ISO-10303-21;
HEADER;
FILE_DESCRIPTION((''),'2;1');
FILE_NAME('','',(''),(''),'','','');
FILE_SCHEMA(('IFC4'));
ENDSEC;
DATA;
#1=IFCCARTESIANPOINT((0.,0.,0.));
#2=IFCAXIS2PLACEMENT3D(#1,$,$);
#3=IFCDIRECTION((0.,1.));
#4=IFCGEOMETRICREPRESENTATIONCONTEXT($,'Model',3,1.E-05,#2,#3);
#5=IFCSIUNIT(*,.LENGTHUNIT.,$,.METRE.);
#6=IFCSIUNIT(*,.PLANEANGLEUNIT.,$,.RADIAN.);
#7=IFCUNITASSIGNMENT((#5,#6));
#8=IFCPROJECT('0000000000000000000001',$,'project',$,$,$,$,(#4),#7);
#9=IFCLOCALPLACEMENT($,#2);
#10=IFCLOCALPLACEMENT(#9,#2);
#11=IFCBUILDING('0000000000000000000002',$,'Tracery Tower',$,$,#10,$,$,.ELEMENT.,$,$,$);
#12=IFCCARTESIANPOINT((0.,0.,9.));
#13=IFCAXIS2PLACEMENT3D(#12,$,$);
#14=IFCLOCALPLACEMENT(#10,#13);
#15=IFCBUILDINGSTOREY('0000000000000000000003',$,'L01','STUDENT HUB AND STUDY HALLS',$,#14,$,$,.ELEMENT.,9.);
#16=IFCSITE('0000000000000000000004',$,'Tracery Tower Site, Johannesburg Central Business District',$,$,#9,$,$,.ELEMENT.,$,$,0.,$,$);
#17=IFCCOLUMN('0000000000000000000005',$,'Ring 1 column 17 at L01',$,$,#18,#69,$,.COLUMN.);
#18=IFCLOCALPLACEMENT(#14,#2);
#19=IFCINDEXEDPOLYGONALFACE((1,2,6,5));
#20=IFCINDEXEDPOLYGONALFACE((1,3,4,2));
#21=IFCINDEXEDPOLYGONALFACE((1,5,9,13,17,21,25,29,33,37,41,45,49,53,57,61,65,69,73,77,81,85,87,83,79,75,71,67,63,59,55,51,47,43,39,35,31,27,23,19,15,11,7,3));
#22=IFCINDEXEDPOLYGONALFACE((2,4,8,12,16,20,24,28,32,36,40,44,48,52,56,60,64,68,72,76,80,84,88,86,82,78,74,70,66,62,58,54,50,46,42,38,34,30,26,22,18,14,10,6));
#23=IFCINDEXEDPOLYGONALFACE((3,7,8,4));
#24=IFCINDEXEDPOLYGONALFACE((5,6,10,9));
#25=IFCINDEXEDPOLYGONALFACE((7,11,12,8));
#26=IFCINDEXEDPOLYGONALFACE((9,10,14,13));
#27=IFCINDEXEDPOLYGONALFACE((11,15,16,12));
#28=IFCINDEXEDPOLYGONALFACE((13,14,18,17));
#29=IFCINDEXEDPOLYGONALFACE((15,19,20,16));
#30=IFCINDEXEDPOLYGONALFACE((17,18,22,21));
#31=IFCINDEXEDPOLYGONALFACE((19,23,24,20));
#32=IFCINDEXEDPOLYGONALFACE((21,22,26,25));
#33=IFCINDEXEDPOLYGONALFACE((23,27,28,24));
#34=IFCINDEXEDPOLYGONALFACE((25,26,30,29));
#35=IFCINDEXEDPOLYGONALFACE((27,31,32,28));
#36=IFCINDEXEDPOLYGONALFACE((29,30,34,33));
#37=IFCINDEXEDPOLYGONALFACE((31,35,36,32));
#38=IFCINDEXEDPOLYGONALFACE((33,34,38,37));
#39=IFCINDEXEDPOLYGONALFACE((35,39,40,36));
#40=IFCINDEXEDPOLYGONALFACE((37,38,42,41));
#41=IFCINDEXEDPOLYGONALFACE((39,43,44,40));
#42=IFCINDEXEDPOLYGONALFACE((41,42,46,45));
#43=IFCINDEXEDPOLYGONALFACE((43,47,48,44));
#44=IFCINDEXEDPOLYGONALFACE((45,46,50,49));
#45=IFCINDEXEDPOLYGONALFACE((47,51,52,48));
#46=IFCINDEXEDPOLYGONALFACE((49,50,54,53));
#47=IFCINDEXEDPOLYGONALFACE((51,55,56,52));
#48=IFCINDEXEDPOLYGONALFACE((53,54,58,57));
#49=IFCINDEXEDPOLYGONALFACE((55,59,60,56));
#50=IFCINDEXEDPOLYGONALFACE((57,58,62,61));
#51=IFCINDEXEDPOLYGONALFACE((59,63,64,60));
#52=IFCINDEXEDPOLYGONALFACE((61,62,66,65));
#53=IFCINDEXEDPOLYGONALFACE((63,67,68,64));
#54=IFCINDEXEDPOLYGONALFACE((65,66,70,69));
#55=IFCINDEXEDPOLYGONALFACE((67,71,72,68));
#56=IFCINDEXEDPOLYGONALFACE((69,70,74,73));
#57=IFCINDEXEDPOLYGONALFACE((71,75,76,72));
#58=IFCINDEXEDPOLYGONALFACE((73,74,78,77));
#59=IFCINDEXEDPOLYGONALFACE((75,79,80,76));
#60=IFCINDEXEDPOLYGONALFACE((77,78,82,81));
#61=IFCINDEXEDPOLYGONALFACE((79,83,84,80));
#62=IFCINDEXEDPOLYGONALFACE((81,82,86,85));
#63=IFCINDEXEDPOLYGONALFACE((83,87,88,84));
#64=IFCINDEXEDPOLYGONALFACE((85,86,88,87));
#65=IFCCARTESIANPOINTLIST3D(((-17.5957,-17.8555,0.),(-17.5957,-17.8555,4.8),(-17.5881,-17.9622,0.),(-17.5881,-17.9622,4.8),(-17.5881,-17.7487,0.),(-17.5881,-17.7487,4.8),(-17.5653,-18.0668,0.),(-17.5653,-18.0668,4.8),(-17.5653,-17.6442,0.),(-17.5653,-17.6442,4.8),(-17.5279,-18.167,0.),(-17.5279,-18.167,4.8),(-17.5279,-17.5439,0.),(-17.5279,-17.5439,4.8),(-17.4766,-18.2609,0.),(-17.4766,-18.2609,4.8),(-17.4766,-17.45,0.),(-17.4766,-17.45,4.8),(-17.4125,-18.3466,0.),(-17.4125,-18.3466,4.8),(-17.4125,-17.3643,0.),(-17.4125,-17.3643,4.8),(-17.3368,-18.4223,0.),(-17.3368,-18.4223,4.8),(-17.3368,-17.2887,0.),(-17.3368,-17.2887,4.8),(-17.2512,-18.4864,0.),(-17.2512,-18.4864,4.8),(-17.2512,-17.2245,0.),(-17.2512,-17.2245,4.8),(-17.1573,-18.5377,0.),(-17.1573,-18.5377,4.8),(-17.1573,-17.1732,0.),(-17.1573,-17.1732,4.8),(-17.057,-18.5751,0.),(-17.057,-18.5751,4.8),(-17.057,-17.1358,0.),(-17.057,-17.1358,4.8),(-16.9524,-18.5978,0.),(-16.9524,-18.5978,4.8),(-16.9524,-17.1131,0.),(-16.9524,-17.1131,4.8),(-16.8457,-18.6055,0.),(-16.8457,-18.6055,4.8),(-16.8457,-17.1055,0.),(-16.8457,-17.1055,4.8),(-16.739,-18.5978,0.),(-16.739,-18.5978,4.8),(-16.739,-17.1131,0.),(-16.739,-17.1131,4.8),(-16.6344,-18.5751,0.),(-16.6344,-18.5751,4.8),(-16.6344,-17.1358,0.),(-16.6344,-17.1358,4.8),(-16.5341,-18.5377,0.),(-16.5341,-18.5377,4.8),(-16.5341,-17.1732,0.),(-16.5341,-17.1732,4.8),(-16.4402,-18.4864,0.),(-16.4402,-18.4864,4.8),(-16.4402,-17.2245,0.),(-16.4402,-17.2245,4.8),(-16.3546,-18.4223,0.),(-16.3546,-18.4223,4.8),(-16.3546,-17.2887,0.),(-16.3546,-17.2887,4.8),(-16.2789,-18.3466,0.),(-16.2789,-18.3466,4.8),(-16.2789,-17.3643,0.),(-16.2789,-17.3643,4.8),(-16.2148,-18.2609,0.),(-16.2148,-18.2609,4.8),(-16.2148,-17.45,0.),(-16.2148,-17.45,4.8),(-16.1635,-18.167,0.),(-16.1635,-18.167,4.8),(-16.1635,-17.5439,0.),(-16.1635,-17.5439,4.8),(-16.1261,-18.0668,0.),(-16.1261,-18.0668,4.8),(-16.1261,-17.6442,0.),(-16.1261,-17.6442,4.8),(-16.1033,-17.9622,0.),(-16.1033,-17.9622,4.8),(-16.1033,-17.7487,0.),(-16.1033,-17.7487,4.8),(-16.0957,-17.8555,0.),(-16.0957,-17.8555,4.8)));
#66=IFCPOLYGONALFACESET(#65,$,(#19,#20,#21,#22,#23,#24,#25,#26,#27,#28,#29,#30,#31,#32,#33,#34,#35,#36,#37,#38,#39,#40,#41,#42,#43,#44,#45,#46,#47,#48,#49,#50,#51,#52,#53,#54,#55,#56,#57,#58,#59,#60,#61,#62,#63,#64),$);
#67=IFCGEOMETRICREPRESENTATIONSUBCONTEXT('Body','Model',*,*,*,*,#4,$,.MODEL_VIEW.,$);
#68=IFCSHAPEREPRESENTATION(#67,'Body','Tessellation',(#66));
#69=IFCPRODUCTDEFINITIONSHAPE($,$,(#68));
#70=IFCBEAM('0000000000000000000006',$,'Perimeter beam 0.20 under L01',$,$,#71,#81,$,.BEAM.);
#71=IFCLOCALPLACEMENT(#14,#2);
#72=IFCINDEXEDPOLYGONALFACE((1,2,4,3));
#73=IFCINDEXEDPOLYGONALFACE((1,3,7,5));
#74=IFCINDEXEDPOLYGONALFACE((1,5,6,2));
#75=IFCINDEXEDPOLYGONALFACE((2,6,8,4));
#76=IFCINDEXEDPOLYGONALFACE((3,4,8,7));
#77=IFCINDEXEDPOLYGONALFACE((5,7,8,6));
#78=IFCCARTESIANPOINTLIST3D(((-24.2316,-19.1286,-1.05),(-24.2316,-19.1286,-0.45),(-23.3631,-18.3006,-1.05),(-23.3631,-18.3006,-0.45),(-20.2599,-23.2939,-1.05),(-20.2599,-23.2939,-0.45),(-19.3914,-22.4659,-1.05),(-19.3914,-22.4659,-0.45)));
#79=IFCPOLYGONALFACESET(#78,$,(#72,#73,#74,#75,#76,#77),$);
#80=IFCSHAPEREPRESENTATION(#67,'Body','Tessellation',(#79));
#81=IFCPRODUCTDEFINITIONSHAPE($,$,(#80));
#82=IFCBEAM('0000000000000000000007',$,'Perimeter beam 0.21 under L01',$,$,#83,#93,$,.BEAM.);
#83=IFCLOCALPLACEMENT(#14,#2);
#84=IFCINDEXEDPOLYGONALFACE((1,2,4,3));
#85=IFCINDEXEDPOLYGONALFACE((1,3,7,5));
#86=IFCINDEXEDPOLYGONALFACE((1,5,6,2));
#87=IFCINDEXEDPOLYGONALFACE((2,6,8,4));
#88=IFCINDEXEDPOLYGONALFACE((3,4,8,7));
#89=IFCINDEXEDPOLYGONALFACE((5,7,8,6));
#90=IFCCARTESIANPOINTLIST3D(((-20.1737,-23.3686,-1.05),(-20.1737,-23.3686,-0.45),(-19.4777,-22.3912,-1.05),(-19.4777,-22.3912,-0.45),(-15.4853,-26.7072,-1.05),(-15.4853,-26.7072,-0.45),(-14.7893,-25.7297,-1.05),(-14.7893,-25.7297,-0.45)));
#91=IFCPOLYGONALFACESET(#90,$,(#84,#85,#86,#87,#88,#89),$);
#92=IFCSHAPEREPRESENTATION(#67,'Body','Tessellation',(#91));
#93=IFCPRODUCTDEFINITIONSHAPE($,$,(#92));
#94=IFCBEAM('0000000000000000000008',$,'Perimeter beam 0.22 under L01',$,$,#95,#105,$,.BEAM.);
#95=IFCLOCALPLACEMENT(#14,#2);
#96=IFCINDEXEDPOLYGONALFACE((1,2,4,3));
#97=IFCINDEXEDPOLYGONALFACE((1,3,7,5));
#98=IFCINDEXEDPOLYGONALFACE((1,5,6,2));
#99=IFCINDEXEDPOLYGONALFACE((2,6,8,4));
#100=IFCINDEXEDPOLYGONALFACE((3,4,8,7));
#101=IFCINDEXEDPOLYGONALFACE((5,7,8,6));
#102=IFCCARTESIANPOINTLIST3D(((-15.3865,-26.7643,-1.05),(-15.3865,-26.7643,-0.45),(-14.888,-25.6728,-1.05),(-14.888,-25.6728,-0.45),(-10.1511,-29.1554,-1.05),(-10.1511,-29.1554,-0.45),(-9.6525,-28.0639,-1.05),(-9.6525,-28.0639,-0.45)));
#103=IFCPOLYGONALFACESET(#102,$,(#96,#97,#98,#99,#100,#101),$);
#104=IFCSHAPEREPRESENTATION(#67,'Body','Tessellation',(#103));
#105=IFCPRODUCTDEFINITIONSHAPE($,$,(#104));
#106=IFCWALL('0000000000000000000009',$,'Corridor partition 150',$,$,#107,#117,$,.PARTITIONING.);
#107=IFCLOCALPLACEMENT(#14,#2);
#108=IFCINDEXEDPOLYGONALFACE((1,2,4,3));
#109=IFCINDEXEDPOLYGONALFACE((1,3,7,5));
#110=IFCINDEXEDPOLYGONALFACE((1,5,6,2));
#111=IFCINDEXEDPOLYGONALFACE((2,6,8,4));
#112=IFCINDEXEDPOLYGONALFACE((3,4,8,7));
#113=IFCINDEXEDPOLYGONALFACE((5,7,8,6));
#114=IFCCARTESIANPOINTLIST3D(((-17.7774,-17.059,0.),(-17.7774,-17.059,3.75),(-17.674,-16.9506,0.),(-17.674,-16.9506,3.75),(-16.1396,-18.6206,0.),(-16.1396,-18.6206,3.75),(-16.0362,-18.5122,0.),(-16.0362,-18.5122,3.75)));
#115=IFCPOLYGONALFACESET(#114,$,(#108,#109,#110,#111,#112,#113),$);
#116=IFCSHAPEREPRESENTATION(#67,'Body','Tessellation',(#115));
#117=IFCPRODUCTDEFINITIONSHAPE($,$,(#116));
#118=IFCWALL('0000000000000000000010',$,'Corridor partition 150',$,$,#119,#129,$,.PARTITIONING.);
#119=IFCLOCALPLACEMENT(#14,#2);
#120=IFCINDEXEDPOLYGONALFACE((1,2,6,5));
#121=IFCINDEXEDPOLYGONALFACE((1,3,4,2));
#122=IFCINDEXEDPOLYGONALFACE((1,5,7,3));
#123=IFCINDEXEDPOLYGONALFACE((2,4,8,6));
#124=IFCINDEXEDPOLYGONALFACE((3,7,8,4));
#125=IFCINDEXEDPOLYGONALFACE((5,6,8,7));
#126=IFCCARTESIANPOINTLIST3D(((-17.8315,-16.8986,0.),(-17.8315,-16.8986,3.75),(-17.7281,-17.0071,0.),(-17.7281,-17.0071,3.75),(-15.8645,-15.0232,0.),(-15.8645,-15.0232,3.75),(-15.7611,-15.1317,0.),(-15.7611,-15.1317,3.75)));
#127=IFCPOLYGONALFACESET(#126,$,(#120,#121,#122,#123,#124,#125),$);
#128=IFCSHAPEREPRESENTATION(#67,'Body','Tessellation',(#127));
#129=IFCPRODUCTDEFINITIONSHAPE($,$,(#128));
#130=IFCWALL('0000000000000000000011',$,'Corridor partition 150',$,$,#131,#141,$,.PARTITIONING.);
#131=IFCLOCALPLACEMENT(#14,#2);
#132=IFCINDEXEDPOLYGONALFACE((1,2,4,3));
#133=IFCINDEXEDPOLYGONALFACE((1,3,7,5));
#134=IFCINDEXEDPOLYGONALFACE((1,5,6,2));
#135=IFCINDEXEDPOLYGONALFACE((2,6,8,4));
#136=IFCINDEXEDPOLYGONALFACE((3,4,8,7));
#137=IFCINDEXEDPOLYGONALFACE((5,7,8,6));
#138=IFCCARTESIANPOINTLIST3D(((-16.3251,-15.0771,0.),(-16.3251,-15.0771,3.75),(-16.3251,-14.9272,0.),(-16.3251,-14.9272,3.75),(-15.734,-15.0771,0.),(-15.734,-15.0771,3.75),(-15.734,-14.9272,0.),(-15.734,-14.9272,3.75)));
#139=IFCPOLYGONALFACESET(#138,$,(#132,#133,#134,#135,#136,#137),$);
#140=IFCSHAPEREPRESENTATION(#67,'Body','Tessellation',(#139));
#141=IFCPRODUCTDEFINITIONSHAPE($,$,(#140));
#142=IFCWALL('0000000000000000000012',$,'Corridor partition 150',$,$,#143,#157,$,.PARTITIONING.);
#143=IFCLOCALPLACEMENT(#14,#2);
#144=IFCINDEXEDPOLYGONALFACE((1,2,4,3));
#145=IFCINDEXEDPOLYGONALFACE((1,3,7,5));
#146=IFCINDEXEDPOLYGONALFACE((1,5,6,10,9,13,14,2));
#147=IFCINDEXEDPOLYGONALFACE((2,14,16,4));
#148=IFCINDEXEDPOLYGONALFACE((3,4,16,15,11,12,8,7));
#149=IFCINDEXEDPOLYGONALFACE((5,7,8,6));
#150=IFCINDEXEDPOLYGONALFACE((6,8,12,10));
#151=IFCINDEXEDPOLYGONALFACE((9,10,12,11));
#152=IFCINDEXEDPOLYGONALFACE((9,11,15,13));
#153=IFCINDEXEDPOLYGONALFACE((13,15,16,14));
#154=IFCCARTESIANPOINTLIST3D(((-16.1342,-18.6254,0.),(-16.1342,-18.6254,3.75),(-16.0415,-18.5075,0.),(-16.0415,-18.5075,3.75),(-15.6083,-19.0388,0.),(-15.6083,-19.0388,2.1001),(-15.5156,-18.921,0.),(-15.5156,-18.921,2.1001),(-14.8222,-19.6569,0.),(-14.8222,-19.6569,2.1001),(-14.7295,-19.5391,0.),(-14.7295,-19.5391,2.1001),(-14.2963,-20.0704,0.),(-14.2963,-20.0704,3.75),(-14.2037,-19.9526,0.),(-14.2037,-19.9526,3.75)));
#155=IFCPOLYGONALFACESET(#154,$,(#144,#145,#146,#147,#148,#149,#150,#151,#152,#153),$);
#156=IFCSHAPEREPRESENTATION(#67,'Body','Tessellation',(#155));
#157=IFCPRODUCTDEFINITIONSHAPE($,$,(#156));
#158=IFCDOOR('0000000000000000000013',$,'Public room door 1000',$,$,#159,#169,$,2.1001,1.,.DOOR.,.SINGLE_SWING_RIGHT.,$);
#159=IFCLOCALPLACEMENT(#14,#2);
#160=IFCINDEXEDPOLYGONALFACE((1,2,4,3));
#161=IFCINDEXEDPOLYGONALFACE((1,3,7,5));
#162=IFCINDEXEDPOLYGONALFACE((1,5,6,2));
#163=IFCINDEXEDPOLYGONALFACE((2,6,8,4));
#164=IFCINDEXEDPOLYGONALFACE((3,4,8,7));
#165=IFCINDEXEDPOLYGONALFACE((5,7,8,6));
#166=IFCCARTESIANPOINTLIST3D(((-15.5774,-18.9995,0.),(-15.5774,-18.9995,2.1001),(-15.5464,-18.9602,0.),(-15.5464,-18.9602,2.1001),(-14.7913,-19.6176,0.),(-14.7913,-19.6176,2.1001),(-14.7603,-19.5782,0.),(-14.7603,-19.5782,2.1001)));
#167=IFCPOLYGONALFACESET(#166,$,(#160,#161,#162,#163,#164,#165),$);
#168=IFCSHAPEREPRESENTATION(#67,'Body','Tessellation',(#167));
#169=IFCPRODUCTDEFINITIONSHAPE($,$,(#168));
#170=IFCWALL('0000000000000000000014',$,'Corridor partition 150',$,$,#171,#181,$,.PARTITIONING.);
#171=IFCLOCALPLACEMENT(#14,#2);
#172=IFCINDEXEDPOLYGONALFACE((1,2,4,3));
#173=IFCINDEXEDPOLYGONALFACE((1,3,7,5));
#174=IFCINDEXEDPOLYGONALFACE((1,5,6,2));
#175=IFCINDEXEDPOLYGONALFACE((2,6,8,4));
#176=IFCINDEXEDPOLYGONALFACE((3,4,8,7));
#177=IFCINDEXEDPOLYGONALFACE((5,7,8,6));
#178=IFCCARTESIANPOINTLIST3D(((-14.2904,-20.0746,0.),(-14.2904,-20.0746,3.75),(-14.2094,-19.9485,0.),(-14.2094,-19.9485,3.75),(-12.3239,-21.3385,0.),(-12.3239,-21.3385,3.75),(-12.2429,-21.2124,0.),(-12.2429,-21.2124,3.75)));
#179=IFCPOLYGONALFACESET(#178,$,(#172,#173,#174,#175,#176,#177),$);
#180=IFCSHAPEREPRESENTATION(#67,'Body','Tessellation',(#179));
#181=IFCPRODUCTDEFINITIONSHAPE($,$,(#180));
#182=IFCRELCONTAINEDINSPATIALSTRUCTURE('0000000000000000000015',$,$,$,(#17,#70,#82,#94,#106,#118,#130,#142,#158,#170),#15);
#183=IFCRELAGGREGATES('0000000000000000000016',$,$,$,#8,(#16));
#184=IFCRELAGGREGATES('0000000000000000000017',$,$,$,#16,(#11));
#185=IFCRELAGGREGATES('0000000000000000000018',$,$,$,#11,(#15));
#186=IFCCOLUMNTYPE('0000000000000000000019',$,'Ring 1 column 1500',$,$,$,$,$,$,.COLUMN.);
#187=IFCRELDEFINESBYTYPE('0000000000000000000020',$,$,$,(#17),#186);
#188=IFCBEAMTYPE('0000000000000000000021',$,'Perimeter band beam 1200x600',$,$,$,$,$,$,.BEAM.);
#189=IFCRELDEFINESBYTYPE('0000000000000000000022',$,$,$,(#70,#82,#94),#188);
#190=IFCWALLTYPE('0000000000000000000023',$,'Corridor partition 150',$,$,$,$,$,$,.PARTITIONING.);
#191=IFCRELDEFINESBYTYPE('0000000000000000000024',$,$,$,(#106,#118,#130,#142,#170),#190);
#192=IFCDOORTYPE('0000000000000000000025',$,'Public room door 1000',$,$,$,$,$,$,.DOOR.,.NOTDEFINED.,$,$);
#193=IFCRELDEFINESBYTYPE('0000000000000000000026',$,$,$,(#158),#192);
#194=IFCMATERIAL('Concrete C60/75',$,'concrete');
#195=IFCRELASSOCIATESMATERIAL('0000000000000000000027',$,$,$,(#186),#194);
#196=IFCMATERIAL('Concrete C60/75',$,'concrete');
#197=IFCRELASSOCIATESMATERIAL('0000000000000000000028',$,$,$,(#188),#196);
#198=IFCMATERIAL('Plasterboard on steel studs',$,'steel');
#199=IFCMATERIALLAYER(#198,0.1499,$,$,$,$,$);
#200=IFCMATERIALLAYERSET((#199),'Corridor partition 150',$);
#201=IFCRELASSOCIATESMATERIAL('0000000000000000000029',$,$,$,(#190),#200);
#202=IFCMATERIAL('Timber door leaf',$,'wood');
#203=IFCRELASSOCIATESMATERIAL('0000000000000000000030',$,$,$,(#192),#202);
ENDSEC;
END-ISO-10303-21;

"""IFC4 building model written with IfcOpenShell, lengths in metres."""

from ifc_helpers import new_model, si_unit, direction, frame, frame_2d, origin, origin_2d, place, context, subcontext, project, spatial, rectangle, circle, extrude, material, layer, layer_set, material_profile, profile_set, type_object, element, fill, save


model = new_model("IFC4")

# Units and contexts
model_context = context("Model", 3, precision=1e-05, world=origin(), true_north=direction((0.0, 1.0)))
body_context = subcontext(model_context, "Body", "Model", "MODEL_VIEW")
ifc_project = project(units=[si_unit("LENGTHUNIT", "METRE"), si_unit("PLANEANGLEUNIT", "RADIAN")], contexts=[model_context])

# Site, building, storey
site_placement = place(None, origin())
site = spatial("IfcSite", under=ifc_project, at=site_placement, Name="Tracery Tower Site, Johannesburg Central Business District", CompositionType="ELEMENT", RefElevation=0.0)
building_placement = place(site_placement, origin())
building = spatial("IfcBuilding", under=site, at=building_placement, Name="Tracery Tower", CompositionType="ELEMENT")
storey_placement = place(building_placement, frame((0.0, 0.0, 9.0)))
storey = spatial("IfcBuildingStorey", under=building, at=storey_placement, Name="L01", Description="STUDENT HUB AND STUDY HALLS", CompositionType="ELEMENT", Elevation=9.0)

# Column
ifc_material_1 = material(Name="Concrete C60/75", Category="concrete")
ifc_material_profile_1 = material_profile(ifc_material_1, circle(Radius=0.75, at=origin_2d()), Name="RC D1500")
ifc_profile_set_1 = profile_set([ifc_material_profile_1], Name="Concrete C60/75")
column_type_1 = type_object("IfcColumnType", Name="Ring 1 column 1500", PredefinedType="COLUMN", material=ifc_profile_set_1)
column_placement = place(storey_placement, frame((-16.8457, -17.8555, 0.0), z_axis=(0.0, 0.0, 1.0), x_axis=(1.0, 0.0, 0.0)))
element("IfcColumn", 1, at=column_placement, inside=storey, type_object=column_type_1, Name="Ring 1 column 17 at L01", PredefinedType="COLUMN", context=body_context, shape_type="SweptSolid", body=[
    extrude(circle(Radius=0.75, at=origin_2d()), origin(), (0.0, 0.0, 1.0), 4.8),
])

# Beams
ifc_material_2 = material(Name="Concrete C60/75", Category="concrete")
ifc_material_profile_2 = material_profile(ifc_material_2, rectangle(XDim=1.2, YDim=0.6001, at=origin_2d()), Name="RC 1200x600")
ifc_profile_set_2 = profile_set([ifc_material_profile_2], Name="Concrete C60/75")
beam_type = type_object("IfcBeamType", Name="Perimeter band beam 1200x600", PredefinedType="BEAM", material=ifc_profile_set_2)
beam_placement = place(storey_placement, frame((-23.7974, -18.7146, -0.75), z_axis=(0.690087, -0.723726, 0.0), x_axis=(0.723726, 0.690087, 0.0)))
element("IfcBeam", 2, at=beam_placement, inside=storey, type_object=beam_type, Name="Perimeter beam 0.20 under L01", PredefinedType="BEAM", context=body_context, shape_type="SweptSolid", body=[
    extrude(rectangle(XDim=1.2, YDim=0.6001, at=origin_2d()), origin(), (0.0, 0.0, 1.0), 5.7554),
])
for number, where, z_axis, x_axis, name in (
    (3, (-19.8257, -22.8799, -0.75), (0.814578, -0.580054, 0.0), (0.580054, 0.814578, 0.0), "Perimeter beam 0.21 under L01"),
    (4, (-15.1372, -26.2185, -0.75), (0.909618, -0.415445, 0.0), (0.415445, 0.909618, 0.0), "Perimeter beam 0.22 under L01"),
):
    element("IfcBeam", number, at=place(storey_placement, frame(where, z_axis=z_axis, x_axis=x_axis)), inside=storey, type_object=beam_type, Name=name, PredefinedType="BEAM", context=body_context, shape_type="SweptSolid", body=[
        extrude(rectangle(XDim=1.2, YDim=0.6001, at=origin_2d()), origin(), (0.0, 0.0, 1.0), 5.7556),
    ])

# Walls
ifc_material_3 = material(Name="Plasterboard on steel studs", Category="steel")
ifc_layer_1 = layer(ifc_material_3, 0.1499)
ifc_layer_set_1 = layer_set([ifc_layer_1], Name="Corridor partition 150")
wall_type_1 = type_object("IfcWallType", Name="Corridor partition 150", PredefinedType="PARTITIONING", material=ifc_layer_set_1)
wall_1_placement = place(storey_placement, frame((-17.7256, -17.0049, 0.0), z_axis=(0.0, 0.0, 1.0), x_axis=(0.723738, -0.690075, 0.0)))
element("IfcWall", 5, at=wall_1_placement, inside=storey, type_object=wall_type_1, Name="Corridor partition 150", PredefinedType="PARTITIONING", context=body_context, shape_type="SweptSolid", body=[
    extrude(rectangle(XDim=2.2629, YDim=0.1499, at=frame_2d((1.1313, 0.0))), origin(), (0.0, 0.0, 1.0), 3.75),
])
wall_2_placement = place(storey_placement, frame((-17.7798, -16.9529, 0.0), z_axis=(0.0, 0.0, 1.0), x_axis=(0.723749, 0.690063, 0.0)))
element("IfcWall", 6, at=wall_2_placement, inside=storey, type_object=wall_type_1, Name="Corridor partition 150", PredefinedType="PARTITIONING", context=body_context, shape_type="SweptSolid", body=[
    extrude(rectangle(XDim=2.7178, YDim=0.1499, at=frame_2d((1.3589, 0.0))), origin(), (0.0, 0.0, 1.0), 3.75),
])
wall_3_placement = place(storey_placement, frame((-16.325, -15.0022, 0.0), z_axis=(0.0, 0.0, 1.0), x_axis=(1.0, 0.0, 0.0)))
element("IfcWall", 7, at=wall_3_placement, inside=storey, type_object=wall_type_1, Name="Corridor partition 150", PredefinedType="PARTITIONING", context=body_context, shape_type="SweptSolid", body=[
    extrude(rectangle(XDim=0.5911, YDim=0.1499, at=frame_2d((0.2954, 0.0))), origin(), (0.0, 0.0, 1.0), 3.75),
])

# Wall, opening, door
wall_4_placement = place(storey_placement, frame((-14.25, -20.0115, 0.0), z_axis=(0.0, 0.0, 1.0), x_axis=(-0.786108, 0.618089, 0.0)))
wall_4 = element("IfcWall", 8, at=wall_4_placement, inside=storey, type_object=wall_type_1, Name="Corridor partition 150", PredefinedType="PARTITIONING", context=body_context, shape_type="SweptSolid", body=[
    extrude(rectangle(XDim=2.3379, YDim=0.1499, at=frame_2d((1.1689, 0.0))), origin(), (0.0, 0.0, 1.0), 3.75),
])
opening_1_placement = place(wall_4_placement, frame((0.6689, 0.0, 0.0)))
opening_1 = element("IfcOpeningElement", 9, at=opening_1_placement, cuts=wall_4, PredefinedType="OPENING", context=body_context, shape_type="SweptSolid", body=[
    extrude(rectangle(XDim=1.0, YDim=2.1001, at=frame_2d((0.5, 1.05))), frame((0.0, 0.075, 0.0), z_axis=(0.0, -1.0, 0.0), x_axis=(1.0, 0.0, 0.0)), (0.0, 0.0, 1.0), 0.1499),
])
ifc_material_4 = material(Name="Timber door leaf", Category="wood")
door_type_1 = type_object("IfcDoorType", Name="Public room door 1000", OperationType="NOTDEFINED", PredefinedType="DOOR", material=ifc_material_4)
door_1_placement = place(opening_1_placement, origin())
door_1 = element("IfcDoor", 10, at=door_1_placement, inside=storey, type_object=door_type_1, Name="Public room door 1000", OperationType="SINGLE_SWING_RIGHT", OverallHeight=2.1001, OverallWidth=1.0, PredefinedType="DOOR", context=body_context, shape_type="SweptSolid", body=[
    extrude(rectangle(XDim=1.0, YDim=2.1001, at=frame_2d((0.5, 1.05))), frame((0.0, 0.0249, 0.0), z_axis=(0.0, -1.0, 0.0), x_axis=(1.0, 0.0, 0.0)), (0.0, 0.0, 1.0), 0.05),
])
fill(opening_1, door_1)

# Wall
wall_5_placement = place(storey_placement, frame((-14.25, -20.0115, 0.0), z_axis=(0.0, 0.0, 1.0), x_axis=(0.841236, -0.540668, 0.0)))
element("IfcWall", 11, at=wall_5_placement, inside=storey, type_object=wall_type_1, Name="Corridor partition 150", PredefinedType="PARTITIONING", context=body_context, shape_type="SweptSolid", body=[
    extrude(rectangle(XDim=2.3376, YDim=0.1499, at=frame_2d((1.1689, 0.0))), origin(), (0.0, 0.0, 1.0), 3.75),
])

save(model, "model.ifc")
